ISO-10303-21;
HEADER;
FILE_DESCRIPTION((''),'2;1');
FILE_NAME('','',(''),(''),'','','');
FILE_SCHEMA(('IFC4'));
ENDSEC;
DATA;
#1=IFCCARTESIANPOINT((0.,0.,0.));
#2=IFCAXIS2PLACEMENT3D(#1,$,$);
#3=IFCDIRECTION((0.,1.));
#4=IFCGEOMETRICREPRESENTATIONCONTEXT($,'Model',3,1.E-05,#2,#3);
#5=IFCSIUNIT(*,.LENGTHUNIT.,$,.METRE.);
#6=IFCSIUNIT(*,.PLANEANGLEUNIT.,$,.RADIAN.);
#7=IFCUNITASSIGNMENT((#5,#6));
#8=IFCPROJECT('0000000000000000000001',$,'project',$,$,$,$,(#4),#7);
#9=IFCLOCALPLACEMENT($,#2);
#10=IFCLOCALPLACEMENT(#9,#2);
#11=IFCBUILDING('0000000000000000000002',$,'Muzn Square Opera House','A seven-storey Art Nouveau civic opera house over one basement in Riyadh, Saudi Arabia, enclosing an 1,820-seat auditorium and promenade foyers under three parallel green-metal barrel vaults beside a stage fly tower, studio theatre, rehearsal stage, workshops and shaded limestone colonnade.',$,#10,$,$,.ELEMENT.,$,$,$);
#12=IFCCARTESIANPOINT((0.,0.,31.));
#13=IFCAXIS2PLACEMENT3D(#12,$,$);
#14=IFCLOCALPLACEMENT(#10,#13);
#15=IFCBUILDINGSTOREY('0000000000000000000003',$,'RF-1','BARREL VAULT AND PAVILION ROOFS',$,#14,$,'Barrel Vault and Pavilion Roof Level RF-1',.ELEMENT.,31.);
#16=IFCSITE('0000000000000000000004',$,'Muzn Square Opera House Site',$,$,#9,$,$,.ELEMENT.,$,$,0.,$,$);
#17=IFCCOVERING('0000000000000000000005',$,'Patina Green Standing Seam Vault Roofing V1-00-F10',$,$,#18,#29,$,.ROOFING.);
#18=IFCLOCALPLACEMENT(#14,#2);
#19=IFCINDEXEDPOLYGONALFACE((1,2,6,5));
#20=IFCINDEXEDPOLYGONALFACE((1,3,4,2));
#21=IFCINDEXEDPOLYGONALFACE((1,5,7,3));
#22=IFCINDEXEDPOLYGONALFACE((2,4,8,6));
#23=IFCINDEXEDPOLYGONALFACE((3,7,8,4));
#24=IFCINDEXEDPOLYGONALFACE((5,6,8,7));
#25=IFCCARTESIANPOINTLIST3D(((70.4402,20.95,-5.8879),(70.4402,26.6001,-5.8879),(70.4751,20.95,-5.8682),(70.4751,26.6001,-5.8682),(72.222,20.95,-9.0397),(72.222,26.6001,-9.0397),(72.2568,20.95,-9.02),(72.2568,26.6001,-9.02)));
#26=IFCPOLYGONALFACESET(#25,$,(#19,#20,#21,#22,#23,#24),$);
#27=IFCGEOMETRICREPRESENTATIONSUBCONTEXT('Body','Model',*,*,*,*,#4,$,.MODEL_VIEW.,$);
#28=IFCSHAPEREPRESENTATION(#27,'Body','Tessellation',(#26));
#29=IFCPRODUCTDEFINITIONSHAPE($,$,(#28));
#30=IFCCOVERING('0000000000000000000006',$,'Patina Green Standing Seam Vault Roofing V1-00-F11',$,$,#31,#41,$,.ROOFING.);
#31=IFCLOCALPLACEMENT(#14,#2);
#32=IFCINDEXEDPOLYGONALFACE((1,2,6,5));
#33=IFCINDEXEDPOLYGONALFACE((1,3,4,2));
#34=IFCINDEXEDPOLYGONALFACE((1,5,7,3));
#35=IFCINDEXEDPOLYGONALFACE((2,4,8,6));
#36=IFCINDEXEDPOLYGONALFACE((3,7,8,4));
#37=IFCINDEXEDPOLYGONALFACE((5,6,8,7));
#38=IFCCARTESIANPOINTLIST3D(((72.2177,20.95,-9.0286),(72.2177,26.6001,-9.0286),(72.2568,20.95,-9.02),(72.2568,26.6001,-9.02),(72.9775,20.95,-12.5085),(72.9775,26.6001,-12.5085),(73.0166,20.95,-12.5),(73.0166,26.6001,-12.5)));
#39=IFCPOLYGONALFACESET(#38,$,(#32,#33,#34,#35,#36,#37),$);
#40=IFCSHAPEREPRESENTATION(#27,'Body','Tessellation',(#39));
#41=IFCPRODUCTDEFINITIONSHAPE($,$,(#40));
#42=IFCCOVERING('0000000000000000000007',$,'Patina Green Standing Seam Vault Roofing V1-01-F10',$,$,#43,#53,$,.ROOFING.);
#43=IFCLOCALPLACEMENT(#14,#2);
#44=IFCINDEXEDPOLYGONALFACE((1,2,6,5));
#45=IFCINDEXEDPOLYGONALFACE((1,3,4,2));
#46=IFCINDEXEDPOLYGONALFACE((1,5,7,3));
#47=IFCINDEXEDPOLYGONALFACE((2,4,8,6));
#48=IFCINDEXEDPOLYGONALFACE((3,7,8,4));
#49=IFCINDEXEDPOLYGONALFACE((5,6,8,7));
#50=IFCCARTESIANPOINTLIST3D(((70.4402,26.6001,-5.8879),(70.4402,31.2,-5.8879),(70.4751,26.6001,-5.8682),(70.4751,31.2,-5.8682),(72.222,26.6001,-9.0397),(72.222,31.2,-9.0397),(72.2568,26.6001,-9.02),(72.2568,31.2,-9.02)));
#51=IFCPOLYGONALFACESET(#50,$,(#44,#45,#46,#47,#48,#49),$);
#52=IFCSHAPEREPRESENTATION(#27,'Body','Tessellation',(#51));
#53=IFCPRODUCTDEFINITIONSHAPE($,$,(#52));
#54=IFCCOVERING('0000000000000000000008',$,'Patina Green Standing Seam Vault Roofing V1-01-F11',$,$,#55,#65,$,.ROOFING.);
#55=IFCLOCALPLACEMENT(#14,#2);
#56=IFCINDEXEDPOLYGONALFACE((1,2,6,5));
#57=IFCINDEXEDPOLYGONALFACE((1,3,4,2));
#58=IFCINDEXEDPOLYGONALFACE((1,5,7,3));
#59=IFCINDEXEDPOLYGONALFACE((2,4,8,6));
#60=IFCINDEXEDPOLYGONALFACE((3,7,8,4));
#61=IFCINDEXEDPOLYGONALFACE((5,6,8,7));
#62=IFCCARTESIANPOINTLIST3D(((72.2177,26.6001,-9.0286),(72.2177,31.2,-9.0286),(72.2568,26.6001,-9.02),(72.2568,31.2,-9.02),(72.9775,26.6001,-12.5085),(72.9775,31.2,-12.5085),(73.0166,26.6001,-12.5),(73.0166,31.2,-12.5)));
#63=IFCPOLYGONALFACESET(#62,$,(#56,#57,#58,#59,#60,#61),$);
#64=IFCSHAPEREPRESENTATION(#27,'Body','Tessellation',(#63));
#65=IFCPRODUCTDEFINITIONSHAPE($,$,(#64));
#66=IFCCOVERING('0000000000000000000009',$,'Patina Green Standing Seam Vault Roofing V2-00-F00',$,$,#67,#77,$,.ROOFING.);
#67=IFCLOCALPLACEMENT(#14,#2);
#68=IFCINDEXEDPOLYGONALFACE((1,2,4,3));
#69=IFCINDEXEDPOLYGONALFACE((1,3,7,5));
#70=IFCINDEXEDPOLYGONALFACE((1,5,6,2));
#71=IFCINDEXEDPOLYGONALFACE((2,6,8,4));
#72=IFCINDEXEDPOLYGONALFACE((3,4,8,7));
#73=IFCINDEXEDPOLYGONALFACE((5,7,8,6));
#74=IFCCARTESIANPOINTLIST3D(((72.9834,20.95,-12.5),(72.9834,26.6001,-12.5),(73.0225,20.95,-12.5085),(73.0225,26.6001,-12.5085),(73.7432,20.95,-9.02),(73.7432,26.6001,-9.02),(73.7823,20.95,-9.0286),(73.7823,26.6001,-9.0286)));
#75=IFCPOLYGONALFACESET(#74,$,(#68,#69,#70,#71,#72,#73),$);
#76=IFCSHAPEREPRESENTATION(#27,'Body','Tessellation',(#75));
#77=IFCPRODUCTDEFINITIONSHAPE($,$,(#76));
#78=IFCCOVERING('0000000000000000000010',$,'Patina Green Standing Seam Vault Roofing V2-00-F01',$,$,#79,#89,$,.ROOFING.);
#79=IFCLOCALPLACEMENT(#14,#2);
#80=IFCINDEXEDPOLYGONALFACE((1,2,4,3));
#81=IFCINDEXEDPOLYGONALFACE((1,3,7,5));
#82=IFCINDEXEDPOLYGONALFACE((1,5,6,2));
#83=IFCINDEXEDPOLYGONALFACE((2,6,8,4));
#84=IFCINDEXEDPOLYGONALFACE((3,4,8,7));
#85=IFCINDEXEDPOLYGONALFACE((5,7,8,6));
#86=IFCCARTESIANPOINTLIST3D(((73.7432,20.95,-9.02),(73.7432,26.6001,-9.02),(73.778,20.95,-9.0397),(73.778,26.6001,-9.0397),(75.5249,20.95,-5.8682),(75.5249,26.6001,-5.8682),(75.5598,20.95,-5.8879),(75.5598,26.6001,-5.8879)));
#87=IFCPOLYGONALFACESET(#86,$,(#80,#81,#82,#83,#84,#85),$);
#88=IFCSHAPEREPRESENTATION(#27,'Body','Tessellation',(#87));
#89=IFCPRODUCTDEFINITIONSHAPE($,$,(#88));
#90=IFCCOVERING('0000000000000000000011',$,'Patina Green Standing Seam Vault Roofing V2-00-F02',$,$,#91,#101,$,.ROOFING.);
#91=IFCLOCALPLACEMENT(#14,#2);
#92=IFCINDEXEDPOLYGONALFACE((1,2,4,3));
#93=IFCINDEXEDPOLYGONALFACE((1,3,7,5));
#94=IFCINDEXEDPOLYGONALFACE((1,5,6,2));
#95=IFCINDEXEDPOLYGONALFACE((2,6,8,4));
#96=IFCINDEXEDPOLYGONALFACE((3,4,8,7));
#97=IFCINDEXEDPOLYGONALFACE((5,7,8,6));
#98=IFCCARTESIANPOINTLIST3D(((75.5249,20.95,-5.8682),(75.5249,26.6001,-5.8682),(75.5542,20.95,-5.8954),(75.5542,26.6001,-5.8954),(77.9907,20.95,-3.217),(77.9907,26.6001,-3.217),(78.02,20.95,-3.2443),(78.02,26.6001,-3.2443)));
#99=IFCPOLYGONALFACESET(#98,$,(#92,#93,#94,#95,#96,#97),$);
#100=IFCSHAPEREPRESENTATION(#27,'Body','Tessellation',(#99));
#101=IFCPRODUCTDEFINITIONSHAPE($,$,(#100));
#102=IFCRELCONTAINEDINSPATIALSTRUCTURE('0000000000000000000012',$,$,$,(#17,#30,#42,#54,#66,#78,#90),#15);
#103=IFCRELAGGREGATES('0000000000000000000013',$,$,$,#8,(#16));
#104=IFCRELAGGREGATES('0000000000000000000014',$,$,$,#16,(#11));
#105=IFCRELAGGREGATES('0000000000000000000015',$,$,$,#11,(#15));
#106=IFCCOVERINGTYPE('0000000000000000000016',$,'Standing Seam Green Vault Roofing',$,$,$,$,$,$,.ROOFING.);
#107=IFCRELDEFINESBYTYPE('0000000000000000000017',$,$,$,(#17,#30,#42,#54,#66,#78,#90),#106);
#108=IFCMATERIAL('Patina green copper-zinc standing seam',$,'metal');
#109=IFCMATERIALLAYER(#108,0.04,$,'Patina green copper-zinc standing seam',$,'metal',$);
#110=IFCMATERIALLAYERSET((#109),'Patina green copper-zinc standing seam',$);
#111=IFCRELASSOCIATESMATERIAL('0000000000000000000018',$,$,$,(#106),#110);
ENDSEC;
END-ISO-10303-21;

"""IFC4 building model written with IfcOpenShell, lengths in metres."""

from ifc_helpers import new_model, si_unit, direction, frame, origin, place, context, subcontext, project, spatial, polyline, outline, extrude, material, layer, layer_set, type_object, element, save


model = new_model("IFC4")

# Units and contexts
model_context = context("Model", 3, precision=1e-05, world=origin(), true_north=direction((0.0, 1.0)))
body_context = subcontext(model_context, "Body", "Model", "MODEL_VIEW")
ifc_project = project(units=[si_unit("LENGTHUNIT", "METRE"), si_unit("PLANEANGLEUNIT", "RADIAN")], contexts=[model_context])

# Site, building, storey
site_placement = place(None, origin())
site = spatial("IfcSite", under=ifc_project, at=site_placement, Name="Muzn Square Opera House Site", CompositionType="ELEMENT", RefElevation=0.0)
building_placement = place(site_placement, origin())
building = spatial("IfcBuilding", under=site, at=building_placement, Name="Muzn Square Opera House", Description="A seven-storey Art Nouveau civic opera house over one basement in Riyadh, Saudi Arabia, enclosing an 1,820-seat auditorium and promenade foyers under three parallel green-metal barrel vaults beside a stage fly tower, studio theatre, rehearsal stage, workshops and shaded limestone colonnade.", CompositionType="ELEMENT")
storey_placement = place(building_placement, frame((0.0, 0.0, 31.0)))
storey = spatial("IfcBuildingStorey", under=building, at=storey_placement, Name="RF-1", Description="BARREL VAULT AND PAVILION ROOFS", LongName="Barrel Vault and Pavilion Roof Level RF-1", CompositionType="ELEMENT", Elevation=31.0)

# Shared definitions
ifc_material_1 = material(Name="Patina green copper-zinc standing seam", Category="metal")

# Coverings
ifc_layer_1 = layer(ifc_material_1, 0.04, Name="Patina green copper-zinc standing seam", Category="metal")
ifc_layer_set_1 = layer_set([ifc_layer_1], Name="Patina green copper-zinc standing seam")
covering_type = type_object("IfcCoveringType", Name="Standing Seam Green Vault Roofing", PredefinedType="ROOFING", material=ifc_layer_set_1)
covering_1_placement = place(storey_placement, frame((70.4751, 20.95, -5.8682), z_axis=(0.870533, 0.0, 0.492111), x_axis=(0.492111, 0.0, -0.870533)))
element("IfcCovering", 1, at=covering_1_placement, inside=storey, type_object=covering_type, Name="Patina Green Standing Seam Vault Roofing V1-00-F10", PredefinedType="ROOFING", context=body_context, shape_type="SweptSolid", body=[
    extrude(outline(polyline([(0.0, 0.0), (3.6206, 0.0), (3.6206, 5.6501), (0.0, 5.6501), (0.0, 0.0)])), origin(), (0.0, 0.0, -1.0), 0.04),
])
covering_2_placement = place(storey_placement, frame((72.2568, 20.95, -9.02), z_axis=(0.976987, 0.0, 0.2133), x_axis=(0.2133, 0.0, -0.976987)))
element("IfcCovering", 2, at=covering_2_placement, inside=storey, type_object=covering_type, Name="Patina Green Standing Seam Vault Roofing V1-00-F11", PredefinedType="ROOFING", context=body_context, shape_type="SweptSolid", body=[
    extrude(outline(polyline([(0.0, 0.0), (3.562, 0.0), (3.562, 5.6501), (0.0, 5.6501), (0.0, 0.0)])), origin(), (0.0, 0.0, -1.0), 0.04),
])
covering_3_placement = place(storey_placement, frame((70.4751, 26.6001, -5.8682), z_axis=(0.870533, 0.0, 0.492111), x_axis=(0.492111, 0.0, -0.870533)))
element("IfcCovering", 3, at=covering_3_placement, inside=storey, type_object=covering_type, Name="Patina Green Standing Seam Vault Roofing V1-01-F10", PredefinedType="ROOFING", context=body_context, shape_type="SweptSolid", body=[
    extrude(outline(polyline([(0.0, 0.0), (3.6206, 0.0), (3.6206, 4.5999), (0.0, 4.5999), (0.0, 0.0)])), origin(), (0.0, 0.0, -1.0), 0.04),
])
covering_4_placement = place(storey_placement, frame((72.2568, 26.6001, -9.02), z_axis=(0.976987, 0.0, 0.2133), x_axis=(0.2133, 0.0, -0.976987)))
element("IfcCovering", 4, at=covering_4_placement, inside=storey, type_object=covering_type, Name="Patina Green Standing Seam Vault Roofing V1-01-F11", PredefinedType="ROOFING", context=body_context, shape_type="SweptSolid", body=[
    extrude(outline(polyline([(0.0, 0.0), (3.562, 0.0), (3.562, 4.5999), (0.0, 4.5999), (0.0, 0.0)])), origin(), (0.0, 0.0, -1.0), 0.04),
])
covering_5_placement = place(storey_placement, frame((73.7432, 20.95, -9.02), z_axis=(-0.976987, 0.0, 0.2133), x_axis=(0.0, 1.0, 0.0)))
element("IfcCovering", 5, at=covering_5_placement, inside=storey, type_object=covering_type, Name="Patina Green Standing Seam Vault Roofing V2-00-F00", PredefinedType="ROOFING", context=body_context, shape_type="SweptSolid", body=[
    extrude(outline(polyline([(0.0, 3.562), (0.0, 0.0), (5.6501, 0.0), (5.6501, 3.562), (0.0, 3.562)])), origin(), (0.0, 0.0, -1.0), 0.04),
])
covering_6_placement = place(storey_placement, frame((75.5249, 20.95, -5.8682), z_axis=(-0.870533, 0.0, 0.492111), x_axis=(0.0, 1.0, 0.0)))
element("IfcCovering", 6, at=covering_6_placement, inside=storey, type_object=covering_type, Name="Patina Green Standing Seam Vault Roofing V2-00-F01", PredefinedType="ROOFING", context=body_context, shape_type="SweptSolid", body=[
    extrude(outline(polyline([(0.0, 3.6206), (0.0, 0.0), (5.6501, 0.0), (5.6501, 3.6206), (0.0, 3.6206)])), origin(), (0.0, 0.0, -1.0), 0.04),
])
covering_7_placement = place(storey_placement, frame((77.9907, 20.95, -3.217), z_axis=(-0.732234, 0.0, 0.681053), x_axis=(0.0, 1.0, 0.0)))
element("IfcCovering", 7, at=covering_7_placement, inside=storey, type_object=covering_type, Name="Patina Green Standing Seam Vault Roofing V2-00-F02", PredefinedType="ROOFING", context=body_context, shape_type="SweptSolid", body=[
    extrude(outline(polyline([(0.0, 3.6206), (0.0, 0.0), (5.6501, 0.0), (5.6501, 3.6206), (0.0, 3.6206)])), origin(), (0.0, 0.0, -1.0), 0.04),
])

save(model, "model.ifc")
